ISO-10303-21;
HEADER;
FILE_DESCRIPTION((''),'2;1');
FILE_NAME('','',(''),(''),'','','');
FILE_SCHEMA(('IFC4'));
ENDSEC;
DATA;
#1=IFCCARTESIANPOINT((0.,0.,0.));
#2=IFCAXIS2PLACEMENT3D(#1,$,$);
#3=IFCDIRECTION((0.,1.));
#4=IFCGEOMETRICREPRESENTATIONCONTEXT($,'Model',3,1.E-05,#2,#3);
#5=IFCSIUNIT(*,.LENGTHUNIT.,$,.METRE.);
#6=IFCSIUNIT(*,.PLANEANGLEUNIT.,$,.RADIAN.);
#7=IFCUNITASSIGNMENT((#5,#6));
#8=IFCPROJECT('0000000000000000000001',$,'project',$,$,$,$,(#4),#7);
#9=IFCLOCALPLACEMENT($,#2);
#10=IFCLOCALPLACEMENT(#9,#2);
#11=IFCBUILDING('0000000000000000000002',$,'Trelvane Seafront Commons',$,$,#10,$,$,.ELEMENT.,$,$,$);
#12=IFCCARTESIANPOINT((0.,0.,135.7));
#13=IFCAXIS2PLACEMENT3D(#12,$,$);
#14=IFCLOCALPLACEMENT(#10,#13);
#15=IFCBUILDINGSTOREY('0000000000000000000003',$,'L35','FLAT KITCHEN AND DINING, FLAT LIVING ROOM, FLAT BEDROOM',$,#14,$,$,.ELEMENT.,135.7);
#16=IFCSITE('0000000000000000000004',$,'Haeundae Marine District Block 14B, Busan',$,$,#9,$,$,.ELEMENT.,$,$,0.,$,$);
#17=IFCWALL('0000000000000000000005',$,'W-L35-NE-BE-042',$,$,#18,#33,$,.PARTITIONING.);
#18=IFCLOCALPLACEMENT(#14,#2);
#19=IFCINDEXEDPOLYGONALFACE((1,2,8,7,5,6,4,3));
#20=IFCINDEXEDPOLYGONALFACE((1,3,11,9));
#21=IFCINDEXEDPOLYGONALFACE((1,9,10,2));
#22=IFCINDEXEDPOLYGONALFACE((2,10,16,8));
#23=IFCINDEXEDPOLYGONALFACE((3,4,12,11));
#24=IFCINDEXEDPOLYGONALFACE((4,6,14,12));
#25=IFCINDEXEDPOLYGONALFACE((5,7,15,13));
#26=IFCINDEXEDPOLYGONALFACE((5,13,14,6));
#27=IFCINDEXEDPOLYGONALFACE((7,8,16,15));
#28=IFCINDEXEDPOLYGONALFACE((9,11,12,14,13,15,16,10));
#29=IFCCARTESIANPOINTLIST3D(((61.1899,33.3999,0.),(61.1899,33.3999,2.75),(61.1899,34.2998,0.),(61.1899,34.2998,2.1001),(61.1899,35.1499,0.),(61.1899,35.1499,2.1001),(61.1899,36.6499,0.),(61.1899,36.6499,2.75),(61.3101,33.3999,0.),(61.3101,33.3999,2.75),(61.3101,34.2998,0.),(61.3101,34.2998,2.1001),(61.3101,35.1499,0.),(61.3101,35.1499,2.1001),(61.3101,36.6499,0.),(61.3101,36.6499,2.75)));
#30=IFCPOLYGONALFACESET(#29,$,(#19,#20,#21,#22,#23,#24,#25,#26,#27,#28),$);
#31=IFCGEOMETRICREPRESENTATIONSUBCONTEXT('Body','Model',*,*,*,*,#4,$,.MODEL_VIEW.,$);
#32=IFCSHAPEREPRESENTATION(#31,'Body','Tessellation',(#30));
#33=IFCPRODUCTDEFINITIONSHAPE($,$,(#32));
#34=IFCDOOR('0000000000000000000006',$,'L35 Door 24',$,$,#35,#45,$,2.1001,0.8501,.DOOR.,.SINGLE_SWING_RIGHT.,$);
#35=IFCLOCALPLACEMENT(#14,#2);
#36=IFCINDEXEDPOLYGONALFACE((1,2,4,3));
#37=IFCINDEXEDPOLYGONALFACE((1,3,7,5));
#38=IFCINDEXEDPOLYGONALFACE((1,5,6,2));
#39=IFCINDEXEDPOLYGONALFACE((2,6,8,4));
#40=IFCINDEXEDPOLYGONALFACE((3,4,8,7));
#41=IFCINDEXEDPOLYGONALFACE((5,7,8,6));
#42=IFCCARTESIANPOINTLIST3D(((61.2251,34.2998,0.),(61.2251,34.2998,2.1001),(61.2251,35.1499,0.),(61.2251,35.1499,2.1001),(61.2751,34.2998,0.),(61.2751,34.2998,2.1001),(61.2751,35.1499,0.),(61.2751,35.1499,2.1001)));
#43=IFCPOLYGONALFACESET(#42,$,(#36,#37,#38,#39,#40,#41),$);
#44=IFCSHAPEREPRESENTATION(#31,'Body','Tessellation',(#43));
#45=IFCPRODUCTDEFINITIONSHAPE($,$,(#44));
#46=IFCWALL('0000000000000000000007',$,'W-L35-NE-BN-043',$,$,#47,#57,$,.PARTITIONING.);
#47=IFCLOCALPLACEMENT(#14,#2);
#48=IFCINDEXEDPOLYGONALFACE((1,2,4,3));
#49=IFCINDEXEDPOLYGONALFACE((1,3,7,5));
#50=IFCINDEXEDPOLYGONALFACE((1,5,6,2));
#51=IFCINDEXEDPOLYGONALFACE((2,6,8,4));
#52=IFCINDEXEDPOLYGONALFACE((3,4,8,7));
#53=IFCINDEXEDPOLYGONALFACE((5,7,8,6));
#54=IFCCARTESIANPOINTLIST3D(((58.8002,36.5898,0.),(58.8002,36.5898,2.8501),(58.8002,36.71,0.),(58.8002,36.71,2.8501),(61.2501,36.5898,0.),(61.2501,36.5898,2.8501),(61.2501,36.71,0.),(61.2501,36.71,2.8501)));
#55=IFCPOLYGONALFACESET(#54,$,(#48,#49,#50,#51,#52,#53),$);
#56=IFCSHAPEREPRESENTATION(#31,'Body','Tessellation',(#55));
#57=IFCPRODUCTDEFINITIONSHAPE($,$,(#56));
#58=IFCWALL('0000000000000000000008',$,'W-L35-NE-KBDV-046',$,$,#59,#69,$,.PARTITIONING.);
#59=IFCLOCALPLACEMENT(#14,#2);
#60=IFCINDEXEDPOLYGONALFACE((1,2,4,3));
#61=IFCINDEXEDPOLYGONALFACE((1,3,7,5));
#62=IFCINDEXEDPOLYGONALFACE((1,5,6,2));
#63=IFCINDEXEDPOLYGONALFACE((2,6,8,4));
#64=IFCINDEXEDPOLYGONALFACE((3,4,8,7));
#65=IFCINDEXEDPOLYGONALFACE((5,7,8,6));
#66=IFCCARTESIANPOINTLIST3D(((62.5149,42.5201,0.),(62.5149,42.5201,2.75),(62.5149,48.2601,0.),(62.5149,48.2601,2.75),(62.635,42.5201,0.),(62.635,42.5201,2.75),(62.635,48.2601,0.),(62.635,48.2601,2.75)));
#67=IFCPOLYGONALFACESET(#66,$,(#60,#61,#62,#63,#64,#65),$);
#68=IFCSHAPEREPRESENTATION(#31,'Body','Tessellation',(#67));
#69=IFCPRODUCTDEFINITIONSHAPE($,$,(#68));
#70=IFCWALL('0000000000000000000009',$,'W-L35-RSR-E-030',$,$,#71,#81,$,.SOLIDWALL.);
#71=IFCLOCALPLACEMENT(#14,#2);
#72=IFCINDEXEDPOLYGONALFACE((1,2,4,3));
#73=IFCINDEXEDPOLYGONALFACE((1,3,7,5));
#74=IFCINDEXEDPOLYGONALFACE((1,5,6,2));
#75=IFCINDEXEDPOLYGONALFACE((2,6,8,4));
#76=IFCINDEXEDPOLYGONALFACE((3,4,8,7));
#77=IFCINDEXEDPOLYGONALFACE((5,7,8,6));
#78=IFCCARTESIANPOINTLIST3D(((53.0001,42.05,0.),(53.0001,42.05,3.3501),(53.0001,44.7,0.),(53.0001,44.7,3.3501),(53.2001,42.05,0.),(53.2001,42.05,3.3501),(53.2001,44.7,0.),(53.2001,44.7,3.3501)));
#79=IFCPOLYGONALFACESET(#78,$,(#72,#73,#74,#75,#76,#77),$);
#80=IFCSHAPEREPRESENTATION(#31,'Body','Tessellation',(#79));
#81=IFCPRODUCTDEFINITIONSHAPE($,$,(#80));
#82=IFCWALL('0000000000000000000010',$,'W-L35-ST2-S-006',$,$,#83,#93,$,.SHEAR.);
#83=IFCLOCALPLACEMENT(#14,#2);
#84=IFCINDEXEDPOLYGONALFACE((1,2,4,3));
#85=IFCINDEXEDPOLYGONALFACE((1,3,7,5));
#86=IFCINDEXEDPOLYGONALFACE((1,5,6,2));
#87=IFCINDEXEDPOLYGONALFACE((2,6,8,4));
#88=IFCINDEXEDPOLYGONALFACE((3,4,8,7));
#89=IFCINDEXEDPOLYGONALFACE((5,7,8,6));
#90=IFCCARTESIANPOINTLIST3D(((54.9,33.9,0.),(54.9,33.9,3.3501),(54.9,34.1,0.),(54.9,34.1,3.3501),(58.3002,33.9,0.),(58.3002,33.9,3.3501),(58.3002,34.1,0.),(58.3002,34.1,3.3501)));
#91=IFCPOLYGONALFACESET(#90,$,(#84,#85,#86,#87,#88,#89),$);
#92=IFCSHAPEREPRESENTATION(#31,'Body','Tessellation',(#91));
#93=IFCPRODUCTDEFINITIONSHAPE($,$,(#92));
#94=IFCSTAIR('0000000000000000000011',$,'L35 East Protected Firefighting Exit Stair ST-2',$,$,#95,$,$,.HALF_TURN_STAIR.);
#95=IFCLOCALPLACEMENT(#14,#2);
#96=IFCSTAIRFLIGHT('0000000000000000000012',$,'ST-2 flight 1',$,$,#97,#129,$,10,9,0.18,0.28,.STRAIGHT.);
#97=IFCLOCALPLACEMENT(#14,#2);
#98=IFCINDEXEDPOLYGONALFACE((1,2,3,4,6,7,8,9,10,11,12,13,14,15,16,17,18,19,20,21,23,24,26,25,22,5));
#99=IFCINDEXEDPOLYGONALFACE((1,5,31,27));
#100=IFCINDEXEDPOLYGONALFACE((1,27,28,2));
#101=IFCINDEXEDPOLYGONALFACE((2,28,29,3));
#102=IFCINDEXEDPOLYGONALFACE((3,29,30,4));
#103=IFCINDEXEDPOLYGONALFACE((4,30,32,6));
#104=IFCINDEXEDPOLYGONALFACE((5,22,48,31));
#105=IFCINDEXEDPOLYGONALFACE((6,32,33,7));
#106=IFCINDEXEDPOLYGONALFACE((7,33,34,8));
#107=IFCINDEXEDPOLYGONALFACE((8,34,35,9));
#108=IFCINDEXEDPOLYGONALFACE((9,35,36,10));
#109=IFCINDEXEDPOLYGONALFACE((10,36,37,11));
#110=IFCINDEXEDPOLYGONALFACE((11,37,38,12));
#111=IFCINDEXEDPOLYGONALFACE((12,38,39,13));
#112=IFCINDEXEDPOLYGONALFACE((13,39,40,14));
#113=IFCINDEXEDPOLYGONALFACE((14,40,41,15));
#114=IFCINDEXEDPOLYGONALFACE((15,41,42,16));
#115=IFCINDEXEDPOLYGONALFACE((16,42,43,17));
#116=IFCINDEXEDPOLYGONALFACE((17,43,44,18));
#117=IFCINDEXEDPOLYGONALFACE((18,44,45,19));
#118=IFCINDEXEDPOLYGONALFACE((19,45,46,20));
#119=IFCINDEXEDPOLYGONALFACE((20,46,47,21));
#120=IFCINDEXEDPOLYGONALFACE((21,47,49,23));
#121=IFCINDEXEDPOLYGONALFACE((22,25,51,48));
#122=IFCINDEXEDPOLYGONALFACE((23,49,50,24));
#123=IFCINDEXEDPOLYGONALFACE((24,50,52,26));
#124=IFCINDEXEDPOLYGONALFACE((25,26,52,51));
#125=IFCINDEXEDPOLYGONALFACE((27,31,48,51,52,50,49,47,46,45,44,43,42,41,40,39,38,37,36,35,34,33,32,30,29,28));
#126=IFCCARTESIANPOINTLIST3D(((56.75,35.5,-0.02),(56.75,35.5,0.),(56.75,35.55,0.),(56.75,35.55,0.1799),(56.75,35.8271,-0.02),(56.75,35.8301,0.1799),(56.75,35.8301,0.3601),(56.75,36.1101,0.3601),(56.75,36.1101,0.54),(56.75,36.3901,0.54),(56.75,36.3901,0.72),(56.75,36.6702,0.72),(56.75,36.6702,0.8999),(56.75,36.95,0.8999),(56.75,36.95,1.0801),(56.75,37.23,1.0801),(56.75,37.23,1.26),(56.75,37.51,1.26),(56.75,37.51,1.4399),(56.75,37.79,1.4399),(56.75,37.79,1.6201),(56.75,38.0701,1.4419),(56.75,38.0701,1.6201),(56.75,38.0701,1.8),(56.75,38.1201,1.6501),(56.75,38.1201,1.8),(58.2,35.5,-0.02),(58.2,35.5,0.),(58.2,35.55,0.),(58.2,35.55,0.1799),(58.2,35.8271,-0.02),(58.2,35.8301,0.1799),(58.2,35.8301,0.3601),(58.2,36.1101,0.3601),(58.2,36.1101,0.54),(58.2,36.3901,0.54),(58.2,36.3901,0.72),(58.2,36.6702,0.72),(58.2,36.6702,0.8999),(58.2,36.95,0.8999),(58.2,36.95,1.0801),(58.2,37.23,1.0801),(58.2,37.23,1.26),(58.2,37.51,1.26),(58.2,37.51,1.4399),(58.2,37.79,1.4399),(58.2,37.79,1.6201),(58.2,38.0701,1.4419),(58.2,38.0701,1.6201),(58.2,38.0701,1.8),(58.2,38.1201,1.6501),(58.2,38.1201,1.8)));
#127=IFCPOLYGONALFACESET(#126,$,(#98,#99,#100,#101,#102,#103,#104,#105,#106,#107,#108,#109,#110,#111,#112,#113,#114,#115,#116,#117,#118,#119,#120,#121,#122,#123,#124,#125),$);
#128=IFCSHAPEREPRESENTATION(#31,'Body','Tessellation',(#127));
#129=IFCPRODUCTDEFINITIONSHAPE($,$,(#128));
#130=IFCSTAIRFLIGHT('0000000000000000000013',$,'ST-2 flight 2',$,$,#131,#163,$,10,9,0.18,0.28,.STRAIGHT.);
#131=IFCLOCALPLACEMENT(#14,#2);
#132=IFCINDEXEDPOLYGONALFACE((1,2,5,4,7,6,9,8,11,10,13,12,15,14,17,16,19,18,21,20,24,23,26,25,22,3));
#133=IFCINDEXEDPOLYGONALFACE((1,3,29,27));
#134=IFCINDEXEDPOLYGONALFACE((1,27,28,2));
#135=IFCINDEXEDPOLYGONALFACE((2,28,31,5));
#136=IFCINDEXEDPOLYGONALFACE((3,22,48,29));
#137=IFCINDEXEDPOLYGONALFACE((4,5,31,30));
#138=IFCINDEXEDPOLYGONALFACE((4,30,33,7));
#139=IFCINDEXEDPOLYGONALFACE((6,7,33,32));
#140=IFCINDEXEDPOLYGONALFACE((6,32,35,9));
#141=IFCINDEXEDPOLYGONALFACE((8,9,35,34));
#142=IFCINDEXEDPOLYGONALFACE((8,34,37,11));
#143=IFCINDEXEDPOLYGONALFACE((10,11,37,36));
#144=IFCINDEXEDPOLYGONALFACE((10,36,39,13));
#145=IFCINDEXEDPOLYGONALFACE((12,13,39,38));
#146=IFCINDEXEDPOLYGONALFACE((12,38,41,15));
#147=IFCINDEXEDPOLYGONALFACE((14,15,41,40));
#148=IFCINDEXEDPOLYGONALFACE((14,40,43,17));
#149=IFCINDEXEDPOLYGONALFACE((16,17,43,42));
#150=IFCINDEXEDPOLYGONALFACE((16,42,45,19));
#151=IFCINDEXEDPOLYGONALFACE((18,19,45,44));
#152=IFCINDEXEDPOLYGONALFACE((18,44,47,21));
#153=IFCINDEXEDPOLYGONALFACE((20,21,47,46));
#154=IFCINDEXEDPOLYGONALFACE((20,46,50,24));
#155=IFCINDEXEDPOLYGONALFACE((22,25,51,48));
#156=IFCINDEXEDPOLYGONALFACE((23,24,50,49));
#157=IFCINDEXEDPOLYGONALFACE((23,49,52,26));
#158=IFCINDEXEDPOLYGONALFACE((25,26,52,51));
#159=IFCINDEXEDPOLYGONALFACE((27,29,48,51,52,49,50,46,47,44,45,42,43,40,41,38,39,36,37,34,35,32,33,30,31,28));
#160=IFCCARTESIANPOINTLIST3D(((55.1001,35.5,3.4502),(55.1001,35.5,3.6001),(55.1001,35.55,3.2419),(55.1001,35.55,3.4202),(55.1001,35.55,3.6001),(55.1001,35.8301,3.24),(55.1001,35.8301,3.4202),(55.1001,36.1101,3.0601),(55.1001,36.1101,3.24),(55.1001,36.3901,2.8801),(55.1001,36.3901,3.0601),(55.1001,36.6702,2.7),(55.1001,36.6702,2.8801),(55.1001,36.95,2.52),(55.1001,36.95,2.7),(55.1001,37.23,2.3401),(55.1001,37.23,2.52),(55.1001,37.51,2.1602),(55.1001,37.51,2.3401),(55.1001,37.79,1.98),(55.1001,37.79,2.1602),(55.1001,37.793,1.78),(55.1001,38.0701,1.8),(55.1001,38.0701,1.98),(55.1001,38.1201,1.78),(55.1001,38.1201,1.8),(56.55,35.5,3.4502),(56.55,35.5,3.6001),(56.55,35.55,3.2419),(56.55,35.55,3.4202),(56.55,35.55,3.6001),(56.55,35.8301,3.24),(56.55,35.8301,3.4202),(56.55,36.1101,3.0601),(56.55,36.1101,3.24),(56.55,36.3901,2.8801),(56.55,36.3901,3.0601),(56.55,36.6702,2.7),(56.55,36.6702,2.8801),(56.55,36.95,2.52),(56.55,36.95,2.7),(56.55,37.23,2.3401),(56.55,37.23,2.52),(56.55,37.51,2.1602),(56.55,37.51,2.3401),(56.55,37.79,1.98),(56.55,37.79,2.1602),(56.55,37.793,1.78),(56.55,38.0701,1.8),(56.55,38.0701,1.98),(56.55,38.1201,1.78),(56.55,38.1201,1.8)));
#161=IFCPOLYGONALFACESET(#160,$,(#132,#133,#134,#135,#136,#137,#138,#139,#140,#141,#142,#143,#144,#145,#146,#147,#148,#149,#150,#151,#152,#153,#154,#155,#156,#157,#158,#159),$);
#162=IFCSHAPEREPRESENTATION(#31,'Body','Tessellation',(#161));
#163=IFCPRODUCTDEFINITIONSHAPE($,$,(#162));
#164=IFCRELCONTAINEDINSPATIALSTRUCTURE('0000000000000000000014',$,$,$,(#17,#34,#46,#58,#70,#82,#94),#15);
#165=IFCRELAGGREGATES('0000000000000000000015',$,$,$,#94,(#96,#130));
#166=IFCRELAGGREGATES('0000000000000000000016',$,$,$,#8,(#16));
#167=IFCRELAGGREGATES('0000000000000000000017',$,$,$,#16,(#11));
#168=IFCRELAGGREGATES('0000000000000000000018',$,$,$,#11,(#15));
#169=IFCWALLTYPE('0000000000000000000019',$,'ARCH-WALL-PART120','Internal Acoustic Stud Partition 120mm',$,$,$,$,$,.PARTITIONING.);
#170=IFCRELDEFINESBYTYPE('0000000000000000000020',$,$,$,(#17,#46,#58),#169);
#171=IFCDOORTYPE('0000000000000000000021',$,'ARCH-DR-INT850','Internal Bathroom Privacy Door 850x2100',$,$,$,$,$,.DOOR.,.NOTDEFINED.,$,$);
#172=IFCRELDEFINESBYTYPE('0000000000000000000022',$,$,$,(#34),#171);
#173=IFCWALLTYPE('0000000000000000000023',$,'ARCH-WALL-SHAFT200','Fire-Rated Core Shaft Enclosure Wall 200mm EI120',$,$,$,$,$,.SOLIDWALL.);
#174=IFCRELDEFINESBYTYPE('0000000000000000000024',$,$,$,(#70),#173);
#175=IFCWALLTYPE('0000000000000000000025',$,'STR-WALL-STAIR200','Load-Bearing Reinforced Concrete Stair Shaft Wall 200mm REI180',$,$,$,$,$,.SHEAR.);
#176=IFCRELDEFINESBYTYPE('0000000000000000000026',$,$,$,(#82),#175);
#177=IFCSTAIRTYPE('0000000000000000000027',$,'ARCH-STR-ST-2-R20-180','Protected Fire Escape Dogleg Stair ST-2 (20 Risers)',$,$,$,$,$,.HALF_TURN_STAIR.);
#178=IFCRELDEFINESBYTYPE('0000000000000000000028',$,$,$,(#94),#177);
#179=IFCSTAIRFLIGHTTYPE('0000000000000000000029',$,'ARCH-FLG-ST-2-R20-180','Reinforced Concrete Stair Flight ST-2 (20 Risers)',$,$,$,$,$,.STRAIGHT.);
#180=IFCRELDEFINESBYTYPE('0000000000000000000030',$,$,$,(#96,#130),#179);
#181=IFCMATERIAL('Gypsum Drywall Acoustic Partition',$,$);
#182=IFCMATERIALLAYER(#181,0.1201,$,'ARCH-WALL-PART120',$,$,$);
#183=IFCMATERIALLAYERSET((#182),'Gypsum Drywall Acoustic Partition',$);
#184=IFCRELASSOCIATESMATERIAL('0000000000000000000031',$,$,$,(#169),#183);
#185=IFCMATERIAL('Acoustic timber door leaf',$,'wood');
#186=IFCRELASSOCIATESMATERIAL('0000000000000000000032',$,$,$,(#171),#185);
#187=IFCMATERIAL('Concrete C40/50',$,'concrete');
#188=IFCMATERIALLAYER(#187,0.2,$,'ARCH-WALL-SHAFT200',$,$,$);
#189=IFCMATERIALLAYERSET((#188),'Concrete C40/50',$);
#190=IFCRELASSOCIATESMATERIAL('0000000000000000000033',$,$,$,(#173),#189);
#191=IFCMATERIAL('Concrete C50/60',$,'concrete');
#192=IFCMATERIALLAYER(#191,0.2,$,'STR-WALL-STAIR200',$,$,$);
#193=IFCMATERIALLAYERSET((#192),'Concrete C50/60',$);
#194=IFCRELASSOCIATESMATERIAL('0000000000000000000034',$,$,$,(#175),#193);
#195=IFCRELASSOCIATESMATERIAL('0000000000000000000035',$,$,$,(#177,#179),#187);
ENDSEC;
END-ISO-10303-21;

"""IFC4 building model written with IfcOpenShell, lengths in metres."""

from ifc_helpers import new_model, si_unit, direction, frame, frame_2d, origin, place, context, subcontext, project, spatial, polyline, rectangle, outline, extrude, source, transform, mapped, material, layer, layer_set, type_object, element, fill, aggregate, save


model = new_model("IFC4")

# Units and contexts
model_context = context("Model", 3, precision=1e-05, world=origin(), true_north=direction((0.0, 1.0)))
body_context = subcontext(model_context, "Body", "Model", "MODEL_VIEW")
ifc_project = project(units=[si_unit("LENGTHUNIT", "METRE"), si_unit("PLANEANGLEUNIT", "RADIAN")], contexts=[model_context])

# Site, building, storey
site_placement = place(None, origin())
site = spatial("IfcSite", under=ifc_project, at=site_placement, Name="Haeundae Marine District Block 14B, Busan", CompositionType="ELEMENT", RefElevation=0.0)
building_placement = place(site_placement, origin())
building = spatial("IfcBuilding", under=site, at=building_placement, Name="Trelvane Seafront Commons", CompositionType="ELEMENT")
storey_placement = place(building_placement, frame((0.0, 0.0, 135.7)))
storey = spatial("IfcBuildingStorey", under=building, at=storey_placement, Name="L35", Description="FLAT KITCHEN AND DINING, FLAT LIVING ROOM, FLAT BEDROOM", CompositionType="ELEMENT", Elevation=135.7)

# Shared definitions
ifc_material_1 = material(Name="Concrete C50/60", Category="concrete")

# Shared definitions
ifc_material_2 = material(Name="Concrete C40/50", Category="concrete")

# Wall, opening, door
ifc_material_3 = material(Name="Gypsum Drywall Acoustic Partition")
ifc_layer_1 = layer(ifc_material_3, 0.1201, Name="ARCH-WALL-PART120")
ifc_layer_set_1 = layer_set([ifc_layer_1], Name="Gypsum Drywall Acoustic Partition")
wall_type_1 = type_object("IfcWallType", Name="ARCH-WALL-PART120", Description="Internal Acoustic Stud Partition 120mm", PredefinedType="PARTITIONING", material=ifc_layer_set_1)
wall_1_placement = place(storey_placement, frame((61.25, 33.3999, 0.0), z_axis=(0.0, 0.0, 1.0), x_axis=(0.0, 1.0, 0.0)))
wall_1 = element("IfcWall", 1, at=wall_1_placement, inside=storey, type_object=wall_type_1, Name="W-L35-NE-BE-042", PredefinedType="PARTITIONING", context=body_context, shape_type="SweptSolid", body=[
    extrude(rectangle(XDim=3.25, YDim=0.1201, at=frame_2d((1.625, 0.0))), origin(), (0.0, 0.0, 1.0), 2.75),
])
opening_1_placement = place(wall_1_placement, frame((0.8999, 0.0, 0.0)))
opening_1 = element("IfcOpeningElement", 2, at=opening_1_placement, cuts=wall_1, PredefinedType="OPENING", context=body_context, shape_type="SweptSolid", body=[
    extrude(rectangle(XDim=0.8501, YDim=2.1001, at=frame_2d((0.425, 1.05))), frame((0.0, 0.0701, 0.0), z_axis=(0.0, -1.0, 0.0), x_axis=(1.0, 0.0, 0.0)), (0.0, 0.0, 1.0), 0.1401),
])
ifc_material_4 = material(Name="Acoustic timber door leaf", Category="wood")
door_type_1 = type_object("IfcDoorType", Name="ARCH-DR-INT850", Description="Internal Bathroom Privacy Door 850x2100", OperationType="NOTDEFINED", PredefinedType="DOOR", material=ifc_material_4)
shared_shape_1 = source(origin(), body_context, "Body", "SweptSolid", [
    extrude(rectangle(XDim=0.8501, YDim=2.1001, at=frame_2d((0.425, 1.05))), frame((0.0, 0.0249, 0.0), z_axis=(0.0, -1.0, 0.0), x_axis=(1.0, 0.0, 0.0)), (0.0, 0.0, 1.0), 0.05),
])
door_1_placement = place(opening_1_placement, origin())
door_1 = element("IfcDoor", 3, at=door_1_placement, inside=storey, type_object=door_type_1, Name="L35 Door 24", OperationType="SINGLE_SWING_RIGHT", OverallHeight=2.1001, OverallWidth=0.8501, PredefinedType="DOOR", context=body_context, shape_type="MappedRepresentation", body=[
    mapped(shared_shape_1, transform((0.0, 0.0, 0.0), x_axis=(1.0, 0.0, 0.0), y_axis=(0.0, 1.0, 0.0), z_axis=(0.0, 0.0, 1.0), scale=1.0)),
])
fill(opening_1, door_1)

# Wall
wall_2_placement = place(storey_placement, frame((58.8, 36.6499, 0.0), z_axis=(0.0, 0.0, 1.0), x_axis=(1.0, 0.0, 0.0)))
element("IfcWall", 4, at=wall_2_placement, inside=storey, type_object=wall_type_1, Name="W-L35-NE-BN-043", PredefinedType="PARTITIONING", context=body_context, shape_type="SweptSolid", body=[
    extrude(rectangle(XDim=2.45, YDim=0.1201, at=frame_2d((1.2251, 0.0))), origin(), (0.0, 0.0, 1.0), 2.8501),
])

# Wall
wall_3_placement = place(storey_placement, frame((62.575, 42.52, 0.0), z_axis=(0.0, 0.0, 1.0), x_axis=(0.0, 1.0, 0.0)))
element("IfcWall", 5, at=wall_3_placement, inside=storey, type_object=wall_type_1, Name="W-L35-NE-KBDV-046", PredefinedType="PARTITIONING", context=body_context, shape_type="SweptSolid", body=[
    extrude(rectangle(XDim=5.74, YDim=0.1201, at=frame_2d((2.8701, 0.0))), origin(), (0.0, 0.0, 1.0), 2.75),
])

# Walls
ifc_layer_2 = layer(ifc_material_2, 0.2, Name="ARCH-WALL-SHAFT200")
ifc_layer_set_2 = layer_set([ifc_layer_2], Name="Concrete C40/50")
wall_type_2 = type_object("IfcWallType", Name="ARCH-WALL-SHAFT200", Description="Fire-Rated Core Shaft Enclosure Wall 200mm EI120", PredefinedType="SOLIDWALL", material=ifc_layer_set_2)
wall_4_placement = place(storey_placement, frame((53.1001, 42.05, 0.0), z_axis=(0.0, 0.0, 1.0), x_axis=(0.0, 1.0, 0.0)))
element("IfcWall", 6, at=wall_4_placement, inside=storey, type_object=wall_type_2, Name="W-L35-RSR-E-030", PredefinedType="SOLIDWALL", context=body_context, shape_type="SweptSolid", body=[
    extrude(rectangle(XDim=2.6499, YDim=0.2, at=frame_2d((1.325, 0.0))), origin(), (0.0, 0.0, 1.0), 3.3501),
])
ifc_layer_3 = layer(ifc_material_1, 0.2, Name="STR-WALL-STAIR200")
ifc_layer_set_3 = layer_set([ifc_layer_3], Name="Concrete C50/60")
wall_type_3 = type_object("IfcWallType", Name="STR-WALL-STAIR200", Description="Load-Bearing Reinforced Concrete Stair Shaft Wall 200mm REI180", PredefinedType="SHEAR", material=ifc_layer_set_3)
wall_5_placement = place(storey_placement, frame((54.8999, 34.0, 0.0), z_axis=(0.0, 0.0, 1.0), x_axis=(1.0, 0.0, 0.0)))
element("IfcWall", 7, at=wall_5_placement, inside=storey, type_object=wall_type_3, Name="W-L35-ST2-S-006", PredefinedType="SHEAR", context=body_context, shape_type="SweptSolid", body=[
    extrude(rectangle(XDim=3.4001, YDim=0.2, at=frame_2d((1.7002, 0.0))), origin(), (0.0, 0.0, 1.0), 3.3501),
])

# Stair, stair flights
stair_type = type_object("IfcStairType", Name="ARCH-STR-ST-2-R20-180", Description="Protected Fire Escape Dogleg Stair ST-2 (20 Risers)", PredefinedType="HALF_TURN_STAIR", material=ifc_material_2)
stair_placement = place(storey_placement, origin())
stair = element("IfcStair", 8, at=stair_placement, inside=storey, type_object=stair_type, Name="L35 East Protected Firefighting Exit Stair ST-2", PredefinedType="HALF_TURN_STAIR")
stair_flight_type = type_object("IfcStairFlightType", Name="ARCH-FLG-ST-2-R20-180", Description="Reinforced Concrete Stair Flight ST-2 (20 Risers)", PredefinedType="STRAIGHT", material=ifc_material_2)
shared_shape_2 = source(origin(), body_context, "Body", "SweptSolid", [
    extrude(outline(polyline([(-0.05, -0.02), (-0.05, 0.0), (0.0, 0.0), (0.0, 0.1799), (0.28, 0.1799), (0.28, 0.3601), (0.5601, 0.3601), (0.5601, 0.54), (0.8401, 0.54), (0.8401, 0.72), (1.1201, 0.72), (1.1201, 0.8999), (1.3999, 0.8999), (1.3999, 1.0801), (1.6799, 1.0801), (1.6799, 1.26), (1.96, 1.26), (1.96, 1.4399), (2.24, 1.4399), (2.24, 1.6201), (2.52, 1.6201), (2.52, 1.8), (2.5701, 1.8), (2.5701, 1.6501), (2.52, 1.4419), (0.2771, -0.02), (-0.05, -0.02)])), frame((0.0, 0.7251, 0.0), z_axis=(0.0, -1.0, 0.0), x_axis=(1.0, 0.0, 0.0)), (0.0, 0.0, 1.0), 1.45),
])
stair_flight_1_placement = place(storey_placement, frame((57.4751, 35.55, 0.0), z_axis=(0.0, 0.0, 1.0), x_axis=(0.0, 1.0, 0.0)))
stair_flight_1 = element("IfcStairFlight", 9, at=stair_flight_1_placement, type_object=stair_flight_type, Name="ST-2 flight 1", NumberOfRisers=10, NumberOfTreads=9, PredefinedType="STRAIGHT", RiserHeight=0.18, TreadLength=0.28, context=body_context, shape_type="MappedRepresentation", body=[
    mapped(shared_shape_2, transform((0.0, 0.0, 0.0), x_axis=(1.0, 0.0, 0.0), y_axis=(0.0, 1.0, 0.0), z_axis=(0.0, 0.0, 1.0), scale=1.0)),
])
stair_flight_2_placement = place(storey_placement, frame((55.825, 38.0701, 1.8), z_axis=(0.0, 0.0, 1.0), x_axis=(0.0, -1.0, 0.0)))
stair_flight_2 = element("IfcStairFlight", 10, at=stair_flight_2_placement, type_object=stair_flight_type, Name="ST-2 flight 2", NumberOfRisers=10, NumberOfTreads=9, PredefinedType="STRAIGHT", RiserHeight=0.18, TreadLength=0.28, context=body_context, shape_type="MappedRepresentation", body=[
    mapped(shared_shape_2, transform((0.0, 0.0, 0.0), x_axis=(1.0, 0.0, 0.0), y_axis=(0.0, 1.0, 0.0), z_axis=(0.0, 0.0, 1.0), scale=1.0)),
])
aggregate(stair, [stair_flight_1, stair_flight_2])

save(model, "model.ifc")
